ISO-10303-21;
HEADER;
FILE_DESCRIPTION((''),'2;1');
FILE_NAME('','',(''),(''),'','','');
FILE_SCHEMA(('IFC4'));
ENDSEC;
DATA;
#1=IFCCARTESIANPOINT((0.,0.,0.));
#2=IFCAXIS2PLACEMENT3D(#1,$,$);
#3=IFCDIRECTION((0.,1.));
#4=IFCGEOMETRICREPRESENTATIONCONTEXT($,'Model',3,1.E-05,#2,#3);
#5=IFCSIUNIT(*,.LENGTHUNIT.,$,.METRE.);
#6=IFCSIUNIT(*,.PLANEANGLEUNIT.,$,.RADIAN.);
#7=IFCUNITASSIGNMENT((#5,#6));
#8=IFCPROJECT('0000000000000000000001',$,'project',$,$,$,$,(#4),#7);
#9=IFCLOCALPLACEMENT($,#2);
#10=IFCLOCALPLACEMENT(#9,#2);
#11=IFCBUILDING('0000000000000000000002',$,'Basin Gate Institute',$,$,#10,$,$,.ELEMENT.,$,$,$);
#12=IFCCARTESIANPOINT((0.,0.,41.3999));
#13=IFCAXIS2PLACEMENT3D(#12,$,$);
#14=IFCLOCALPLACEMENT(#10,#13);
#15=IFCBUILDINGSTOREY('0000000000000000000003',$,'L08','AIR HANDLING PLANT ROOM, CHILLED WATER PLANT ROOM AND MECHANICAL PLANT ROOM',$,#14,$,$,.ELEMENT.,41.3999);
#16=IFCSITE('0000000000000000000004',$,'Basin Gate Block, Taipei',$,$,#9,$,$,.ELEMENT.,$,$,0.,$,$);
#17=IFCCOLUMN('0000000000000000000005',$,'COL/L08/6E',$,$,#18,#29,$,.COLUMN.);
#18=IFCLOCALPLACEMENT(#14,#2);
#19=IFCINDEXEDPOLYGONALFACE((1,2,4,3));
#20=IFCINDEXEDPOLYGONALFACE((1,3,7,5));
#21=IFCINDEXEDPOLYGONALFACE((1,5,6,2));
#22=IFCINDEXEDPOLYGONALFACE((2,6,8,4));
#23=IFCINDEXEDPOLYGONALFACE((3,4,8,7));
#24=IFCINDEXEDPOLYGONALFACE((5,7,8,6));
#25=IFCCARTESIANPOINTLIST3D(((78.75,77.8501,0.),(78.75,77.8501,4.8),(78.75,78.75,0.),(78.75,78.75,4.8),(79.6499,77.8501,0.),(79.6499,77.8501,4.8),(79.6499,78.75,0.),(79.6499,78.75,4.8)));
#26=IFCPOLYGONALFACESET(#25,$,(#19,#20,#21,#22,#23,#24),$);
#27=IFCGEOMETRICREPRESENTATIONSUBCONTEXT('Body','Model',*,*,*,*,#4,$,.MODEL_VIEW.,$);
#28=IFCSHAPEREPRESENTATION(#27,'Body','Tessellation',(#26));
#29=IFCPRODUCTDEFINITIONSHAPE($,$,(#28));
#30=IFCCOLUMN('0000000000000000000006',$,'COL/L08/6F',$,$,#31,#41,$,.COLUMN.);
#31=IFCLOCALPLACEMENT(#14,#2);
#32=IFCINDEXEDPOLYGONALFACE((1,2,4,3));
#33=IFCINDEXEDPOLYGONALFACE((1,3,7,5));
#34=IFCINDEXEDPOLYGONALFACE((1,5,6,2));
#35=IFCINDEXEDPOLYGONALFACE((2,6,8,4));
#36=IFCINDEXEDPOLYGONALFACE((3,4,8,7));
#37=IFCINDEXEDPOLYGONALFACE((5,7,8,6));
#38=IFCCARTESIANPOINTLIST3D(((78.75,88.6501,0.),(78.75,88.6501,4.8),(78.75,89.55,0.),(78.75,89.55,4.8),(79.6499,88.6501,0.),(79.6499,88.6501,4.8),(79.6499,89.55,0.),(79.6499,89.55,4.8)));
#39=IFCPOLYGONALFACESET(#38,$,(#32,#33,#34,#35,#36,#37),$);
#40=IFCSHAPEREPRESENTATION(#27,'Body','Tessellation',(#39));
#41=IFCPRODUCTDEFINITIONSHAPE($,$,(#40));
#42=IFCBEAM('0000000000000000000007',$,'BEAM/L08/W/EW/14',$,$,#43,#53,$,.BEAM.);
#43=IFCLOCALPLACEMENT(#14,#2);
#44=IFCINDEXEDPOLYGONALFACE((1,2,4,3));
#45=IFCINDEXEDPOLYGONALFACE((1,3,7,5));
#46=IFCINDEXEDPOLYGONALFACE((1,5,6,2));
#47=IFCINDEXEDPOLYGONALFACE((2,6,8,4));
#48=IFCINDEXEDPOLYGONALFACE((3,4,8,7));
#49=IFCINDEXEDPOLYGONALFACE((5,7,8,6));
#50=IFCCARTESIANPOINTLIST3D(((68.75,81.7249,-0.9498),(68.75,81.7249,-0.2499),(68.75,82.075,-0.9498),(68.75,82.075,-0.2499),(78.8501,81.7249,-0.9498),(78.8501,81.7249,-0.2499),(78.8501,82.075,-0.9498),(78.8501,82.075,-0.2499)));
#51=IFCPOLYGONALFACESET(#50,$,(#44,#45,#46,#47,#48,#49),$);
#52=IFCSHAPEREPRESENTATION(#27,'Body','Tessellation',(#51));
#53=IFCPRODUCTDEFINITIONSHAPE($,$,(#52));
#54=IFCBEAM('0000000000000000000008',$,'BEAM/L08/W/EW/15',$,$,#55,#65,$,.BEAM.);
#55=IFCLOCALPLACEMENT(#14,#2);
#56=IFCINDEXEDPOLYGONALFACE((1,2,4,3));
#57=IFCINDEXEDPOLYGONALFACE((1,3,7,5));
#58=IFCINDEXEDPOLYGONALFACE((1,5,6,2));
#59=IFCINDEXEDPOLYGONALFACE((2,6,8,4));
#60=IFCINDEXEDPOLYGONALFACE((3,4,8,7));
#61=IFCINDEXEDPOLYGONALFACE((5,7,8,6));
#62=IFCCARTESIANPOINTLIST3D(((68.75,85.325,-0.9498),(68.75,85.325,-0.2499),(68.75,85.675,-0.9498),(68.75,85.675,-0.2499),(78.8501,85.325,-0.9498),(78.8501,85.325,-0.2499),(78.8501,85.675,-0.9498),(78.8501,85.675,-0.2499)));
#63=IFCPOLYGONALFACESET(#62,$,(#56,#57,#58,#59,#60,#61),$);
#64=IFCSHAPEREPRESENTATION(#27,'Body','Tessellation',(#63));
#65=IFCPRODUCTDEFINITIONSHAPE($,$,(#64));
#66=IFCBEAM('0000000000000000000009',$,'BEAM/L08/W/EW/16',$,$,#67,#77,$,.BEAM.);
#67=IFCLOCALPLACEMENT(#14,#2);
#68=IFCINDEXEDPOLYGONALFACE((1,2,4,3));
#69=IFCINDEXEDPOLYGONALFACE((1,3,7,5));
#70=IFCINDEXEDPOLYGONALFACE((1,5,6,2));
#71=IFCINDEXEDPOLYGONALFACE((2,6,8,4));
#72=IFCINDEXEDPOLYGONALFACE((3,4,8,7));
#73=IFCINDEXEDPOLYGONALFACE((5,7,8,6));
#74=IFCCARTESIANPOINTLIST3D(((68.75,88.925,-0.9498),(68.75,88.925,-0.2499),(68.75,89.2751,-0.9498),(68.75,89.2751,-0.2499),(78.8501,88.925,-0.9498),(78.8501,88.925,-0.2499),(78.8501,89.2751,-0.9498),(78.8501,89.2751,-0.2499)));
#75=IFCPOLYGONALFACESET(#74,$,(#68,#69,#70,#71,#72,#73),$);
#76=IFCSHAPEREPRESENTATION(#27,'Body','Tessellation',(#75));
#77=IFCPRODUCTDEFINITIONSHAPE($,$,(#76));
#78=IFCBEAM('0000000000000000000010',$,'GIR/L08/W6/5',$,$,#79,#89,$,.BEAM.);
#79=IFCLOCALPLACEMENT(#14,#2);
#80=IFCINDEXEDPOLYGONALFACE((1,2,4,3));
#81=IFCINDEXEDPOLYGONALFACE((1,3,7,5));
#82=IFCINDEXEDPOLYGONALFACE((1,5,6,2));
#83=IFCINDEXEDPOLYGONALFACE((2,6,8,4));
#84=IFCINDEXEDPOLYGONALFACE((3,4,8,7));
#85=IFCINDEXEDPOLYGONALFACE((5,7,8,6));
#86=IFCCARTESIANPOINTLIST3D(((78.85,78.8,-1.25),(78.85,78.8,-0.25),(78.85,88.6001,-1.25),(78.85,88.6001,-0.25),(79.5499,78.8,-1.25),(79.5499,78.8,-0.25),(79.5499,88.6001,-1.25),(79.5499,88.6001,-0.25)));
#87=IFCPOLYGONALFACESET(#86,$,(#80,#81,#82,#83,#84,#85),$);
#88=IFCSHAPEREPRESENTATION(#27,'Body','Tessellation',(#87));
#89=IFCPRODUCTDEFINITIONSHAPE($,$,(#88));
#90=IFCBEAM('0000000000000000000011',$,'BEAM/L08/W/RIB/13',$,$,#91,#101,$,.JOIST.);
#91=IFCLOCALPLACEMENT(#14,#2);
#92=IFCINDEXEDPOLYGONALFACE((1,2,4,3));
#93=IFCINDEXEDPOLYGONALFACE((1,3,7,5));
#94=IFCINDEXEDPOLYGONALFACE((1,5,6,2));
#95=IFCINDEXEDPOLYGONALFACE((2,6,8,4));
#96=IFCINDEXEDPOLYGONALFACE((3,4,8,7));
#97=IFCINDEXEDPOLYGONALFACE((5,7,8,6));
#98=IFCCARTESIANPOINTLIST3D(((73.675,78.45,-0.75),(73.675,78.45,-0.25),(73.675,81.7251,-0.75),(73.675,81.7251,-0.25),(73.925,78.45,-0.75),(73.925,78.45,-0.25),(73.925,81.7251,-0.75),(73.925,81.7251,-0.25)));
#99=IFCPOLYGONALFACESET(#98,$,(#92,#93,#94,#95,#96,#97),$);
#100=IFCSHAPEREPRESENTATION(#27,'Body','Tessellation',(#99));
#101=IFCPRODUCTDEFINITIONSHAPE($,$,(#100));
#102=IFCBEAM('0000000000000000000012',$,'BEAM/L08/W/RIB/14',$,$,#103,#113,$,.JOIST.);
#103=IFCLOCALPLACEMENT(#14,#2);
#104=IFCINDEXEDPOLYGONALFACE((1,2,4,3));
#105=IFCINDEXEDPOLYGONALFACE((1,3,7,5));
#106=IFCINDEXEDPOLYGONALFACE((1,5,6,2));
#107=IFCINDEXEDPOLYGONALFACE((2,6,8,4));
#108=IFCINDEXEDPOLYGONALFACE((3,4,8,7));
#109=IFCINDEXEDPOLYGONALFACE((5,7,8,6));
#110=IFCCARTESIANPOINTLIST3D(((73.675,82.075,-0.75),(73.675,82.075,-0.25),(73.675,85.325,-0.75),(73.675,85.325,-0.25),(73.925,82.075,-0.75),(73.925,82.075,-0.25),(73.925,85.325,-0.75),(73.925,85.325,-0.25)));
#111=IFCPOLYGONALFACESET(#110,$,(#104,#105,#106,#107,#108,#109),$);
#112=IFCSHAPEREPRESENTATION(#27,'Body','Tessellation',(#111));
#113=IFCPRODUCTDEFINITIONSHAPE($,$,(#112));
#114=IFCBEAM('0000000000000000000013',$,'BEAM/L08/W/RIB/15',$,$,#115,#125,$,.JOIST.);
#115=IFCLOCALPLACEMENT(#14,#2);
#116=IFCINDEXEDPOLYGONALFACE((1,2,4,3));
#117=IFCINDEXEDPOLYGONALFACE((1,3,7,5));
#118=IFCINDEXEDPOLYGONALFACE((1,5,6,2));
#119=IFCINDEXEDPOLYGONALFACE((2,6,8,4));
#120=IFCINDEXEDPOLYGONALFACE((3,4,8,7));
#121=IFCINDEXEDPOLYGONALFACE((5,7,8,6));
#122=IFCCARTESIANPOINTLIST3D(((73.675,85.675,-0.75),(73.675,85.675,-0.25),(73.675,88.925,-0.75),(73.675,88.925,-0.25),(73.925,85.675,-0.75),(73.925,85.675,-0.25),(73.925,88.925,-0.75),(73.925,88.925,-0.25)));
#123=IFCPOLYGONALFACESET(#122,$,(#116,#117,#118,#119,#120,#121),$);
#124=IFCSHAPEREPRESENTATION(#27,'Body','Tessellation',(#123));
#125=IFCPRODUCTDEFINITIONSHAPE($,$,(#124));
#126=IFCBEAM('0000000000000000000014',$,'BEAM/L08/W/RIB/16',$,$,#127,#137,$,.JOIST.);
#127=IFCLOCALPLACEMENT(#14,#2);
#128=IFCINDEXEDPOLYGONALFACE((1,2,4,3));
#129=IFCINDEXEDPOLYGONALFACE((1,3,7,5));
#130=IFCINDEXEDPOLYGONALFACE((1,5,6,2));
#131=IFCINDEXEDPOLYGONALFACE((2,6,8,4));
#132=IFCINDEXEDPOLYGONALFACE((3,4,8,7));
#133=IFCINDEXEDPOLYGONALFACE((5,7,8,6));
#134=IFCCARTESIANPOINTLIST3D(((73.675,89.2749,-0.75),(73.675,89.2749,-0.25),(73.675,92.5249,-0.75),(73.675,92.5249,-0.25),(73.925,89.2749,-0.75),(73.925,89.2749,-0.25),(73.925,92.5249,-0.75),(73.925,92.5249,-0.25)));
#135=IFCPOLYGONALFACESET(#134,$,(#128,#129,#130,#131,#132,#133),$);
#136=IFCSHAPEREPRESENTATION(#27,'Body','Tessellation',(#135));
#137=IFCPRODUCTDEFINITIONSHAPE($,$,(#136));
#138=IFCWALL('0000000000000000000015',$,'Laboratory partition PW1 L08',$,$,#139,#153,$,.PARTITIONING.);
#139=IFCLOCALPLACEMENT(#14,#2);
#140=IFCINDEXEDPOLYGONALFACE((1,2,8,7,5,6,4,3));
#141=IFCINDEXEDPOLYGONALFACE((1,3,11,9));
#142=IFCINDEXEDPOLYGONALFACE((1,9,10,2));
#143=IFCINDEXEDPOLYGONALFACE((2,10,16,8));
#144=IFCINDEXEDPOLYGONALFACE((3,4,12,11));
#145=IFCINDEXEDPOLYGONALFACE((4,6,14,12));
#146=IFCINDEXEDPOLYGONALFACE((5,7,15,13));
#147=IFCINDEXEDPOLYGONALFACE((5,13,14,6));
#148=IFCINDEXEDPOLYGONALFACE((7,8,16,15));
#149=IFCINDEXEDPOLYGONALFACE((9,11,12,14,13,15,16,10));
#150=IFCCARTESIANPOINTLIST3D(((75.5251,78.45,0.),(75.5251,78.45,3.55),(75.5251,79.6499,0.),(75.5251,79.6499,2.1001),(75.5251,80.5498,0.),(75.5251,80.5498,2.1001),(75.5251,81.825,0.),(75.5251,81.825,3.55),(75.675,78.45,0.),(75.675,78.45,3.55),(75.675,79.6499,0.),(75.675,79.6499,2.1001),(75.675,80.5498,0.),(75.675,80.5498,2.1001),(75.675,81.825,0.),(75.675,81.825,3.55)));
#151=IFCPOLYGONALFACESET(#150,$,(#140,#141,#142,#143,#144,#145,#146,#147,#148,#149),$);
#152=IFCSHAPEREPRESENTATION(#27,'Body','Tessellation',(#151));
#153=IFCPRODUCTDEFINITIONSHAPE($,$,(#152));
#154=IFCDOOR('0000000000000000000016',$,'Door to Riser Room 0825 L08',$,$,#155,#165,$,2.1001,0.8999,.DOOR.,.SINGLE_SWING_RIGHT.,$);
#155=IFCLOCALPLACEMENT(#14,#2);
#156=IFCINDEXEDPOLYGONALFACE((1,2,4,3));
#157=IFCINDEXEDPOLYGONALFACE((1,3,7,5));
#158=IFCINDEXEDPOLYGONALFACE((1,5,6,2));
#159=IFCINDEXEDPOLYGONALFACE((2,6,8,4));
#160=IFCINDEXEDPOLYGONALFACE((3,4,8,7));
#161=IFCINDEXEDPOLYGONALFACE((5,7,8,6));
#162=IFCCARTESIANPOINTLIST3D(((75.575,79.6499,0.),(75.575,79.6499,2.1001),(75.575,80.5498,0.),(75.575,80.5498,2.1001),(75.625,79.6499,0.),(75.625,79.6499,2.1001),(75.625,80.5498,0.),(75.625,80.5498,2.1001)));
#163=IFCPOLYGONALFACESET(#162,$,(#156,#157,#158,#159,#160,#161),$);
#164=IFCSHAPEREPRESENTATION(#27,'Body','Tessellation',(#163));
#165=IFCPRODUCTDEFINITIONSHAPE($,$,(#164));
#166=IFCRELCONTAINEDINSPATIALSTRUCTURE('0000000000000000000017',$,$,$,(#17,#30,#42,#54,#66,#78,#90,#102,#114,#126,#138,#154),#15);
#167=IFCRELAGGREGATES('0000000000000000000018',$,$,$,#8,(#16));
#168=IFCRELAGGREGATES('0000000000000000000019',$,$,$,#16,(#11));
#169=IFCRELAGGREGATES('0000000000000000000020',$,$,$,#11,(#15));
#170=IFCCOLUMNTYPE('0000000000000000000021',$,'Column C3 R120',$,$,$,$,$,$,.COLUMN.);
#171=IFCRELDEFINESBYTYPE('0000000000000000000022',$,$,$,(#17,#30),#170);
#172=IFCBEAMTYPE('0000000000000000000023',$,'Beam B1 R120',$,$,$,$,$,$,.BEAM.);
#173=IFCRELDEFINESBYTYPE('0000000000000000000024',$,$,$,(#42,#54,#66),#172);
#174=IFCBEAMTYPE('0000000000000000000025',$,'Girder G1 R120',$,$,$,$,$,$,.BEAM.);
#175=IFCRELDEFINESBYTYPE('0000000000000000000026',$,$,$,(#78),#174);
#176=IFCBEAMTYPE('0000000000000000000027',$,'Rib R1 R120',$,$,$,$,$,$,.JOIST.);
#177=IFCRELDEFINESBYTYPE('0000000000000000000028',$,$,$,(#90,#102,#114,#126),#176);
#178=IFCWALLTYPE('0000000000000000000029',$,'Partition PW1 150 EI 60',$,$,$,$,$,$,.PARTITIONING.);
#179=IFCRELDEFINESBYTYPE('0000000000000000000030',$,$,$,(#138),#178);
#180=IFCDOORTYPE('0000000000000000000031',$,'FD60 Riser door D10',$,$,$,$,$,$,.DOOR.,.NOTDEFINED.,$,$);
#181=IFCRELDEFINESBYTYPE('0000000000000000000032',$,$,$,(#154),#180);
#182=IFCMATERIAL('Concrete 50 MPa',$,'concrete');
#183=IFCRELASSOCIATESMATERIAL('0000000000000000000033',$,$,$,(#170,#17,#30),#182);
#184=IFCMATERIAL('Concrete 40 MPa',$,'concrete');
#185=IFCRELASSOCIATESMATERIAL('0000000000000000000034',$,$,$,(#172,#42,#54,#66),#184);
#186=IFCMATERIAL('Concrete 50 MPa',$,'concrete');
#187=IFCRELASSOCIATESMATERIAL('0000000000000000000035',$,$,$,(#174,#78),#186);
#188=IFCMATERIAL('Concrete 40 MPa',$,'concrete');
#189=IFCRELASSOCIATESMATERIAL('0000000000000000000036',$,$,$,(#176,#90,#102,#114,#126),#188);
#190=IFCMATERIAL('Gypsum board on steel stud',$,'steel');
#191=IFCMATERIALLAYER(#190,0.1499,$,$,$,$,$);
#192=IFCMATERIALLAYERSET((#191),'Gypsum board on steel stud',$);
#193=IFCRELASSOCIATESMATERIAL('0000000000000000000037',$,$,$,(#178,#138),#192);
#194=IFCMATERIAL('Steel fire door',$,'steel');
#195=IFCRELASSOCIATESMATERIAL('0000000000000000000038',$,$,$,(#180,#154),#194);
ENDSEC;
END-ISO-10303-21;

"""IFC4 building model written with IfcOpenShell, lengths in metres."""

from ifc_helpers import new_model, si_unit, direction, frame, frame_2d, origin, origin_2d, place, context, subcontext, project, spatial, rectangle, extrude, material, layer, layer_set, material_profile, profile_set, type_object, element, fill, save


model = new_model("IFC4")

# Units and contexts
model_context = context("Model", 3, precision=1e-05, world=origin(), true_north=direction((0.0, 1.0)))
body_context = subcontext(model_context, "Body", "Model", "MODEL_VIEW")
ifc_project = project(units=[si_unit("LENGTHUNIT", "METRE"), si_unit("PLANEANGLEUNIT", "RADIAN")], contexts=[model_context])

# Site, building, storey
site_placement = place(None, origin())
site = spatial("IfcSite", under=ifc_project, at=site_placement, Name="Basin Gate Block, Taipei", CompositionType="ELEMENT", RefElevation=0.0)
building_placement = place(site_placement, origin())
building = spatial("IfcBuilding", under=site, at=building_placement, Name="Basin Gate Institute", CompositionType="ELEMENT")
storey_placement = place(building_placement, frame((0.0, 0.0, 41.3999)))
storey = spatial("IfcBuildingStorey", under=building, at=storey_placement, Name="L08", Description="AIR HANDLING PLANT ROOM, CHILLED WATER PLANT ROOM AND MECHANICAL PLANT ROOM", CompositionType="ELEMENT", Elevation=41.3999)

# Columns
ifc_material_1 = material(Name="Concrete 50 MPa", Category="concrete")
ifc_material_profile_1 = material_profile(ifc_material_1, rectangle(XDim=0.8999, YDim=0.8999, at=origin_2d()), Name="Column C3 900 x 900")
ifc_profile_set_1 = profile_set([ifc_material_profile_1], Name="Concrete 50 MPa")
column_type = type_object("IfcColumnType", Name="Column C3 R120", PredefinedType="COLUMN", material=ifc_profile_set_1)
for number, where, z_axis, x_axis, name in (
    (1, (79.2, 78.3, 0.0), (0.0, 0.0, 1.0), (1.0, 0.0, 0.0), "COL/L08/6E"),
    (2, (79.2, 89.1001, 0.0), (0.0, 0.0, 1.0), (1.0, 0.0, 0.0), "COL/L08/6F"),
):
    element("IfcColumn", number, at=place(storey_placement, frame(where, z_axis=z_axis, x_axis=x_axis)), inside=storey, type_object=column_type, material=ifc_profile_set_1, Name=name, PredefinedType="COLUMN", context=body_context, shape_type="SweptSolid", body=[
        extrude(rectangle(XDim=0.8999, YDim=0.8999, at=origin_2d()), origin(), (0.0, 0.0, 1.0), 4.8),
    ])

# Beams
ifc_material_2 = material(Name="Concrete 40 MPa", Category="concrete")
ifc_material_profile_2 = material_profile(ifc_material_2, rectangle(XDim=0.3501, YDim=0.7, at=origin_2d()), Name="Beam B1 350 x 700")
ifc_profile_set_2 = profile_set([ifc_material_profile_2], Name="Concrete 40 MPa")
beam_type_1 = type_object("IfcBeamType", Name="Beam B1 R120", PredefinedType="BEAM", material=ifc_profile_set_2)
for number, where, z_axis, x_axis, name in (
    (3, (68.75, 81.8999, -0.5999), (1.0, 0.0, 0.0), (0.0, 1.0, 0.0), "BEAM/L08/W/EW/14"),
    (4, (68.75, 85.5, -0.5999), (1.0, 0.0, 0.0), (0.0, 1.0, 0.0), "BEAM/L08/W/EW/15"),
    (5, (68.75, 89.1001, -0.5999), (1.0, 0.0, 0.0), (0.0, 1.0, 0.0), "BEAM/L08/W/EW/16"),
):
    element("IfcBeam", number, at=place(storey_placement, frame(where, z_axis=z_axis, x_axis=x_axis)), inside=storey, type_object=beam_type_1, material=ifc_profile_set_2, Name=name, PredefinedType="BEAM", context=body_context, shape_type="SweptSolid", body=[
        extrude(rectangle(XDim=0.3501, YDim=0.7, at=origin_2d()), origin(), (0.0, 0.0, 1.0), 10.1001),
    ])
ifc_material_3 = material(Name="Concrete 50 MPa", Category="concrete")
ifc_material_profile_3 = material_profile(ifc_material_3, rectangle(XDim=0.7, YDim=1.0, at=origin_2d()), Name="Girder G1 700 x 1000")
ifc_profile_set_3 = profile_set([ifc_material_profile_3], Name="Concrete 50 MPa")
beam_type_2 = type_object("IfcBeamType", Name="Girder G1 R120", PredefinedType="BEAM", material=ifc_profile_set_3)
beam_1_placement = place(storey_placement, frame((79.2, 78.8, -0.75), z_axis=(0.0, 1.0, 0.0), x_axis=(-1.0, 0.0, 0.0)))
element("IfcBeam", 6, at=beam_1_placement, inside=storey, type_object=beam_type_2, material=ifc_profile_set_3, Name="GIR/L08/W6/5", PredefinedType="BEAM", context=body_context, shape_type="SweptSolid", body=[
    extrude(rectangle(XDim=0.7, YDim=1.0, at=origin_2d()), origin(), (0.0, 0.0, 1.0), 9.8),
])
ifc_material_4 = material(Name="Concrete 40 MPa", Category="concrete")
ifc_material_profile_4 = material_profile(ifc_material_4, rectangle(XDim=0.25, YDim=0.5, at=origin_2d()), Name="Rib R1 250 x 500")
ifc_profile_set_4 = profile_set([ifc_material_profile_4], Name="Concrete 40 MPa")
beam_type_3 = type_object("IfcBeamType", Name="Rib R1 R120", PredefinedType="JOIST", material=ifc_profile_set_4)
beam_2_placement = place(storey_placement, frame((73.8, 78.45, -0.5), z_axis=(0.0, 1.0, 0.0), x_axis=(-1.0, 0.0, 0.0)))
element("IfcBeam", 7, at=beam_2_placement, inside=storey, type_object=beam_type_3, material=ifc_profile_set_4, Name="BEAM/L08/W/RIB/13", PredefinedType="JOIST", context=body_context, shape_type="SweptSolid", body=[
    extrude(rectangle(XDim=0.25, YDim=0.5, at=origin_2d()), origin(), (0.0, 0.0, 1.0), 3.2751),
])
for number, where, z_axis, x_axis, name in (
    (8, (73.8, 82.075, -0.5), (0.0, 1.0, 0.0), (-1.0, 0.0, 0.0), "BEAM/L08/W/RIB/14"),
    (9, (73.8, 85.675, -0.5), (0.0, 1.0, 0.0), (-1.0, 0.0, 0.0), "BEAM/L08/W/RIB/15"),
    (10, (73.8, 89.2749, -0.5), (0.0, 1.0, 0.0), (-1.0, 0.0, 0.0), "BEAM/L08/W/RIB/16"),
):
    element("IfcBeam", number, at=place(storey_placement, frame(where, z_axis=z_axis, x_axis=x_axis)), inside=storey, type_object=beam_type_3, material=ifc_profile_set_4, Name=name, PredefinedType="JOIST", context=body_context, shape_type="SweptSolid", body=[
        extrude(rectangle(XDim=0.25, YDim=0.5, at=origin_2d()), origin(), (0.0, 0.0, 1.0), 3.25),
    ])

# Wall, opening, door
ifc_material_5 = material(Name="Gypsum board on steel stud", Category="steel")
ifc_layer_1 = layer(ifc_material_5, 0.1499)
ifc_layer_set_1 = layer_set([ifc_layer_1], Name="Gypsum board on steel stud")
wall_type_1 = type_object("IfcWallType", Name="Partition PW1 150 EI 60", PredefinedType="PARTITIONING", material=ifc_layer_set_1)
wall_1_placement = place(storey_placement, frame((75.6001, 78.45, 0.0), z_axis=(0.0, 0.0, 1.0), x_axis=(0.0, 1.0, 0.0)))
wall_1 = element("IfcWall", 11, at=wall_1_placement, inside=storey, type_object=wall_type_1, material=ifc_layer_set_1, Name="Laboratory partition PW1 L08", PredefinedType="PARTITIONING", context=body_context, shape_type="SweptSolid", body=[
    extrude(rectangle(XDim=3.375, YDim=0.1499, at=frame_2d((1.6875, 0.0))), origin(), (0.0, 0.0, 1.0), 3.55),
])
opening_1_placement = place(wall_1_placement, frame((1.2, 0.0, 0.0)))
opening_1 = element("IfcOpeningElement", 12, at=opening_1_placement, cuts=wall_1, PredefinedType="OPENING", context=body_context, shape_type="SweptSolid", body=[
    extrude(rectangle(XDim=0.8999, YDim=2.1001, at=frame_2d((0.45, 1.05))), frame((0.0, 0.085, 0.0), z_axis=(0.0, -1.0, 0.0), x_axis=(1.0, 0.0, 0.0)), (0.0, 0.0, 1.0), 0.1699),
])
ifc_material_6 = material(Name="Steel fire door", Category="steel")
door_type = type_object("IfcDoorType", Name="FD60 Riser door D10", OperationType="NOTDEFINED", PredefinedType="DOOR", material=ifc_material_6)
door_1_placement = place(opening_1_placement, frame((0.8999, 0.0, 0.0), z_axis=(0.0, 0.0, 1.0), x_axis=(-1.0, 0.0, 0.0)))
door_1 = element("IfcDoor", 13, at=door_1_placement, inside=storey, type_object=door_type, material=ifc_material_6, Name="Door to Riser Room 0825 L08", OperationType="SINGLE_SWING_RIGHT", OverallHeight=2.1001, OverallWidth=0.8999, PredefinedType="DOOR", context=body_context, shape_type="SweptSolid", body=[
    extrude(rectangle(XDim=0.8999, YDim=2.1001, at=frame_2d((0.45, 1.05))), frame((0.0, 0.0249, 0.0), z_axis=(0.0, -1.0, 0.0), x_axis=(1.0, 0.0, 0.0)), (0.0, 0.0, 1.0), 0.05),
])
fill(opening_1, door_1)

save(model, "model.ifc")
